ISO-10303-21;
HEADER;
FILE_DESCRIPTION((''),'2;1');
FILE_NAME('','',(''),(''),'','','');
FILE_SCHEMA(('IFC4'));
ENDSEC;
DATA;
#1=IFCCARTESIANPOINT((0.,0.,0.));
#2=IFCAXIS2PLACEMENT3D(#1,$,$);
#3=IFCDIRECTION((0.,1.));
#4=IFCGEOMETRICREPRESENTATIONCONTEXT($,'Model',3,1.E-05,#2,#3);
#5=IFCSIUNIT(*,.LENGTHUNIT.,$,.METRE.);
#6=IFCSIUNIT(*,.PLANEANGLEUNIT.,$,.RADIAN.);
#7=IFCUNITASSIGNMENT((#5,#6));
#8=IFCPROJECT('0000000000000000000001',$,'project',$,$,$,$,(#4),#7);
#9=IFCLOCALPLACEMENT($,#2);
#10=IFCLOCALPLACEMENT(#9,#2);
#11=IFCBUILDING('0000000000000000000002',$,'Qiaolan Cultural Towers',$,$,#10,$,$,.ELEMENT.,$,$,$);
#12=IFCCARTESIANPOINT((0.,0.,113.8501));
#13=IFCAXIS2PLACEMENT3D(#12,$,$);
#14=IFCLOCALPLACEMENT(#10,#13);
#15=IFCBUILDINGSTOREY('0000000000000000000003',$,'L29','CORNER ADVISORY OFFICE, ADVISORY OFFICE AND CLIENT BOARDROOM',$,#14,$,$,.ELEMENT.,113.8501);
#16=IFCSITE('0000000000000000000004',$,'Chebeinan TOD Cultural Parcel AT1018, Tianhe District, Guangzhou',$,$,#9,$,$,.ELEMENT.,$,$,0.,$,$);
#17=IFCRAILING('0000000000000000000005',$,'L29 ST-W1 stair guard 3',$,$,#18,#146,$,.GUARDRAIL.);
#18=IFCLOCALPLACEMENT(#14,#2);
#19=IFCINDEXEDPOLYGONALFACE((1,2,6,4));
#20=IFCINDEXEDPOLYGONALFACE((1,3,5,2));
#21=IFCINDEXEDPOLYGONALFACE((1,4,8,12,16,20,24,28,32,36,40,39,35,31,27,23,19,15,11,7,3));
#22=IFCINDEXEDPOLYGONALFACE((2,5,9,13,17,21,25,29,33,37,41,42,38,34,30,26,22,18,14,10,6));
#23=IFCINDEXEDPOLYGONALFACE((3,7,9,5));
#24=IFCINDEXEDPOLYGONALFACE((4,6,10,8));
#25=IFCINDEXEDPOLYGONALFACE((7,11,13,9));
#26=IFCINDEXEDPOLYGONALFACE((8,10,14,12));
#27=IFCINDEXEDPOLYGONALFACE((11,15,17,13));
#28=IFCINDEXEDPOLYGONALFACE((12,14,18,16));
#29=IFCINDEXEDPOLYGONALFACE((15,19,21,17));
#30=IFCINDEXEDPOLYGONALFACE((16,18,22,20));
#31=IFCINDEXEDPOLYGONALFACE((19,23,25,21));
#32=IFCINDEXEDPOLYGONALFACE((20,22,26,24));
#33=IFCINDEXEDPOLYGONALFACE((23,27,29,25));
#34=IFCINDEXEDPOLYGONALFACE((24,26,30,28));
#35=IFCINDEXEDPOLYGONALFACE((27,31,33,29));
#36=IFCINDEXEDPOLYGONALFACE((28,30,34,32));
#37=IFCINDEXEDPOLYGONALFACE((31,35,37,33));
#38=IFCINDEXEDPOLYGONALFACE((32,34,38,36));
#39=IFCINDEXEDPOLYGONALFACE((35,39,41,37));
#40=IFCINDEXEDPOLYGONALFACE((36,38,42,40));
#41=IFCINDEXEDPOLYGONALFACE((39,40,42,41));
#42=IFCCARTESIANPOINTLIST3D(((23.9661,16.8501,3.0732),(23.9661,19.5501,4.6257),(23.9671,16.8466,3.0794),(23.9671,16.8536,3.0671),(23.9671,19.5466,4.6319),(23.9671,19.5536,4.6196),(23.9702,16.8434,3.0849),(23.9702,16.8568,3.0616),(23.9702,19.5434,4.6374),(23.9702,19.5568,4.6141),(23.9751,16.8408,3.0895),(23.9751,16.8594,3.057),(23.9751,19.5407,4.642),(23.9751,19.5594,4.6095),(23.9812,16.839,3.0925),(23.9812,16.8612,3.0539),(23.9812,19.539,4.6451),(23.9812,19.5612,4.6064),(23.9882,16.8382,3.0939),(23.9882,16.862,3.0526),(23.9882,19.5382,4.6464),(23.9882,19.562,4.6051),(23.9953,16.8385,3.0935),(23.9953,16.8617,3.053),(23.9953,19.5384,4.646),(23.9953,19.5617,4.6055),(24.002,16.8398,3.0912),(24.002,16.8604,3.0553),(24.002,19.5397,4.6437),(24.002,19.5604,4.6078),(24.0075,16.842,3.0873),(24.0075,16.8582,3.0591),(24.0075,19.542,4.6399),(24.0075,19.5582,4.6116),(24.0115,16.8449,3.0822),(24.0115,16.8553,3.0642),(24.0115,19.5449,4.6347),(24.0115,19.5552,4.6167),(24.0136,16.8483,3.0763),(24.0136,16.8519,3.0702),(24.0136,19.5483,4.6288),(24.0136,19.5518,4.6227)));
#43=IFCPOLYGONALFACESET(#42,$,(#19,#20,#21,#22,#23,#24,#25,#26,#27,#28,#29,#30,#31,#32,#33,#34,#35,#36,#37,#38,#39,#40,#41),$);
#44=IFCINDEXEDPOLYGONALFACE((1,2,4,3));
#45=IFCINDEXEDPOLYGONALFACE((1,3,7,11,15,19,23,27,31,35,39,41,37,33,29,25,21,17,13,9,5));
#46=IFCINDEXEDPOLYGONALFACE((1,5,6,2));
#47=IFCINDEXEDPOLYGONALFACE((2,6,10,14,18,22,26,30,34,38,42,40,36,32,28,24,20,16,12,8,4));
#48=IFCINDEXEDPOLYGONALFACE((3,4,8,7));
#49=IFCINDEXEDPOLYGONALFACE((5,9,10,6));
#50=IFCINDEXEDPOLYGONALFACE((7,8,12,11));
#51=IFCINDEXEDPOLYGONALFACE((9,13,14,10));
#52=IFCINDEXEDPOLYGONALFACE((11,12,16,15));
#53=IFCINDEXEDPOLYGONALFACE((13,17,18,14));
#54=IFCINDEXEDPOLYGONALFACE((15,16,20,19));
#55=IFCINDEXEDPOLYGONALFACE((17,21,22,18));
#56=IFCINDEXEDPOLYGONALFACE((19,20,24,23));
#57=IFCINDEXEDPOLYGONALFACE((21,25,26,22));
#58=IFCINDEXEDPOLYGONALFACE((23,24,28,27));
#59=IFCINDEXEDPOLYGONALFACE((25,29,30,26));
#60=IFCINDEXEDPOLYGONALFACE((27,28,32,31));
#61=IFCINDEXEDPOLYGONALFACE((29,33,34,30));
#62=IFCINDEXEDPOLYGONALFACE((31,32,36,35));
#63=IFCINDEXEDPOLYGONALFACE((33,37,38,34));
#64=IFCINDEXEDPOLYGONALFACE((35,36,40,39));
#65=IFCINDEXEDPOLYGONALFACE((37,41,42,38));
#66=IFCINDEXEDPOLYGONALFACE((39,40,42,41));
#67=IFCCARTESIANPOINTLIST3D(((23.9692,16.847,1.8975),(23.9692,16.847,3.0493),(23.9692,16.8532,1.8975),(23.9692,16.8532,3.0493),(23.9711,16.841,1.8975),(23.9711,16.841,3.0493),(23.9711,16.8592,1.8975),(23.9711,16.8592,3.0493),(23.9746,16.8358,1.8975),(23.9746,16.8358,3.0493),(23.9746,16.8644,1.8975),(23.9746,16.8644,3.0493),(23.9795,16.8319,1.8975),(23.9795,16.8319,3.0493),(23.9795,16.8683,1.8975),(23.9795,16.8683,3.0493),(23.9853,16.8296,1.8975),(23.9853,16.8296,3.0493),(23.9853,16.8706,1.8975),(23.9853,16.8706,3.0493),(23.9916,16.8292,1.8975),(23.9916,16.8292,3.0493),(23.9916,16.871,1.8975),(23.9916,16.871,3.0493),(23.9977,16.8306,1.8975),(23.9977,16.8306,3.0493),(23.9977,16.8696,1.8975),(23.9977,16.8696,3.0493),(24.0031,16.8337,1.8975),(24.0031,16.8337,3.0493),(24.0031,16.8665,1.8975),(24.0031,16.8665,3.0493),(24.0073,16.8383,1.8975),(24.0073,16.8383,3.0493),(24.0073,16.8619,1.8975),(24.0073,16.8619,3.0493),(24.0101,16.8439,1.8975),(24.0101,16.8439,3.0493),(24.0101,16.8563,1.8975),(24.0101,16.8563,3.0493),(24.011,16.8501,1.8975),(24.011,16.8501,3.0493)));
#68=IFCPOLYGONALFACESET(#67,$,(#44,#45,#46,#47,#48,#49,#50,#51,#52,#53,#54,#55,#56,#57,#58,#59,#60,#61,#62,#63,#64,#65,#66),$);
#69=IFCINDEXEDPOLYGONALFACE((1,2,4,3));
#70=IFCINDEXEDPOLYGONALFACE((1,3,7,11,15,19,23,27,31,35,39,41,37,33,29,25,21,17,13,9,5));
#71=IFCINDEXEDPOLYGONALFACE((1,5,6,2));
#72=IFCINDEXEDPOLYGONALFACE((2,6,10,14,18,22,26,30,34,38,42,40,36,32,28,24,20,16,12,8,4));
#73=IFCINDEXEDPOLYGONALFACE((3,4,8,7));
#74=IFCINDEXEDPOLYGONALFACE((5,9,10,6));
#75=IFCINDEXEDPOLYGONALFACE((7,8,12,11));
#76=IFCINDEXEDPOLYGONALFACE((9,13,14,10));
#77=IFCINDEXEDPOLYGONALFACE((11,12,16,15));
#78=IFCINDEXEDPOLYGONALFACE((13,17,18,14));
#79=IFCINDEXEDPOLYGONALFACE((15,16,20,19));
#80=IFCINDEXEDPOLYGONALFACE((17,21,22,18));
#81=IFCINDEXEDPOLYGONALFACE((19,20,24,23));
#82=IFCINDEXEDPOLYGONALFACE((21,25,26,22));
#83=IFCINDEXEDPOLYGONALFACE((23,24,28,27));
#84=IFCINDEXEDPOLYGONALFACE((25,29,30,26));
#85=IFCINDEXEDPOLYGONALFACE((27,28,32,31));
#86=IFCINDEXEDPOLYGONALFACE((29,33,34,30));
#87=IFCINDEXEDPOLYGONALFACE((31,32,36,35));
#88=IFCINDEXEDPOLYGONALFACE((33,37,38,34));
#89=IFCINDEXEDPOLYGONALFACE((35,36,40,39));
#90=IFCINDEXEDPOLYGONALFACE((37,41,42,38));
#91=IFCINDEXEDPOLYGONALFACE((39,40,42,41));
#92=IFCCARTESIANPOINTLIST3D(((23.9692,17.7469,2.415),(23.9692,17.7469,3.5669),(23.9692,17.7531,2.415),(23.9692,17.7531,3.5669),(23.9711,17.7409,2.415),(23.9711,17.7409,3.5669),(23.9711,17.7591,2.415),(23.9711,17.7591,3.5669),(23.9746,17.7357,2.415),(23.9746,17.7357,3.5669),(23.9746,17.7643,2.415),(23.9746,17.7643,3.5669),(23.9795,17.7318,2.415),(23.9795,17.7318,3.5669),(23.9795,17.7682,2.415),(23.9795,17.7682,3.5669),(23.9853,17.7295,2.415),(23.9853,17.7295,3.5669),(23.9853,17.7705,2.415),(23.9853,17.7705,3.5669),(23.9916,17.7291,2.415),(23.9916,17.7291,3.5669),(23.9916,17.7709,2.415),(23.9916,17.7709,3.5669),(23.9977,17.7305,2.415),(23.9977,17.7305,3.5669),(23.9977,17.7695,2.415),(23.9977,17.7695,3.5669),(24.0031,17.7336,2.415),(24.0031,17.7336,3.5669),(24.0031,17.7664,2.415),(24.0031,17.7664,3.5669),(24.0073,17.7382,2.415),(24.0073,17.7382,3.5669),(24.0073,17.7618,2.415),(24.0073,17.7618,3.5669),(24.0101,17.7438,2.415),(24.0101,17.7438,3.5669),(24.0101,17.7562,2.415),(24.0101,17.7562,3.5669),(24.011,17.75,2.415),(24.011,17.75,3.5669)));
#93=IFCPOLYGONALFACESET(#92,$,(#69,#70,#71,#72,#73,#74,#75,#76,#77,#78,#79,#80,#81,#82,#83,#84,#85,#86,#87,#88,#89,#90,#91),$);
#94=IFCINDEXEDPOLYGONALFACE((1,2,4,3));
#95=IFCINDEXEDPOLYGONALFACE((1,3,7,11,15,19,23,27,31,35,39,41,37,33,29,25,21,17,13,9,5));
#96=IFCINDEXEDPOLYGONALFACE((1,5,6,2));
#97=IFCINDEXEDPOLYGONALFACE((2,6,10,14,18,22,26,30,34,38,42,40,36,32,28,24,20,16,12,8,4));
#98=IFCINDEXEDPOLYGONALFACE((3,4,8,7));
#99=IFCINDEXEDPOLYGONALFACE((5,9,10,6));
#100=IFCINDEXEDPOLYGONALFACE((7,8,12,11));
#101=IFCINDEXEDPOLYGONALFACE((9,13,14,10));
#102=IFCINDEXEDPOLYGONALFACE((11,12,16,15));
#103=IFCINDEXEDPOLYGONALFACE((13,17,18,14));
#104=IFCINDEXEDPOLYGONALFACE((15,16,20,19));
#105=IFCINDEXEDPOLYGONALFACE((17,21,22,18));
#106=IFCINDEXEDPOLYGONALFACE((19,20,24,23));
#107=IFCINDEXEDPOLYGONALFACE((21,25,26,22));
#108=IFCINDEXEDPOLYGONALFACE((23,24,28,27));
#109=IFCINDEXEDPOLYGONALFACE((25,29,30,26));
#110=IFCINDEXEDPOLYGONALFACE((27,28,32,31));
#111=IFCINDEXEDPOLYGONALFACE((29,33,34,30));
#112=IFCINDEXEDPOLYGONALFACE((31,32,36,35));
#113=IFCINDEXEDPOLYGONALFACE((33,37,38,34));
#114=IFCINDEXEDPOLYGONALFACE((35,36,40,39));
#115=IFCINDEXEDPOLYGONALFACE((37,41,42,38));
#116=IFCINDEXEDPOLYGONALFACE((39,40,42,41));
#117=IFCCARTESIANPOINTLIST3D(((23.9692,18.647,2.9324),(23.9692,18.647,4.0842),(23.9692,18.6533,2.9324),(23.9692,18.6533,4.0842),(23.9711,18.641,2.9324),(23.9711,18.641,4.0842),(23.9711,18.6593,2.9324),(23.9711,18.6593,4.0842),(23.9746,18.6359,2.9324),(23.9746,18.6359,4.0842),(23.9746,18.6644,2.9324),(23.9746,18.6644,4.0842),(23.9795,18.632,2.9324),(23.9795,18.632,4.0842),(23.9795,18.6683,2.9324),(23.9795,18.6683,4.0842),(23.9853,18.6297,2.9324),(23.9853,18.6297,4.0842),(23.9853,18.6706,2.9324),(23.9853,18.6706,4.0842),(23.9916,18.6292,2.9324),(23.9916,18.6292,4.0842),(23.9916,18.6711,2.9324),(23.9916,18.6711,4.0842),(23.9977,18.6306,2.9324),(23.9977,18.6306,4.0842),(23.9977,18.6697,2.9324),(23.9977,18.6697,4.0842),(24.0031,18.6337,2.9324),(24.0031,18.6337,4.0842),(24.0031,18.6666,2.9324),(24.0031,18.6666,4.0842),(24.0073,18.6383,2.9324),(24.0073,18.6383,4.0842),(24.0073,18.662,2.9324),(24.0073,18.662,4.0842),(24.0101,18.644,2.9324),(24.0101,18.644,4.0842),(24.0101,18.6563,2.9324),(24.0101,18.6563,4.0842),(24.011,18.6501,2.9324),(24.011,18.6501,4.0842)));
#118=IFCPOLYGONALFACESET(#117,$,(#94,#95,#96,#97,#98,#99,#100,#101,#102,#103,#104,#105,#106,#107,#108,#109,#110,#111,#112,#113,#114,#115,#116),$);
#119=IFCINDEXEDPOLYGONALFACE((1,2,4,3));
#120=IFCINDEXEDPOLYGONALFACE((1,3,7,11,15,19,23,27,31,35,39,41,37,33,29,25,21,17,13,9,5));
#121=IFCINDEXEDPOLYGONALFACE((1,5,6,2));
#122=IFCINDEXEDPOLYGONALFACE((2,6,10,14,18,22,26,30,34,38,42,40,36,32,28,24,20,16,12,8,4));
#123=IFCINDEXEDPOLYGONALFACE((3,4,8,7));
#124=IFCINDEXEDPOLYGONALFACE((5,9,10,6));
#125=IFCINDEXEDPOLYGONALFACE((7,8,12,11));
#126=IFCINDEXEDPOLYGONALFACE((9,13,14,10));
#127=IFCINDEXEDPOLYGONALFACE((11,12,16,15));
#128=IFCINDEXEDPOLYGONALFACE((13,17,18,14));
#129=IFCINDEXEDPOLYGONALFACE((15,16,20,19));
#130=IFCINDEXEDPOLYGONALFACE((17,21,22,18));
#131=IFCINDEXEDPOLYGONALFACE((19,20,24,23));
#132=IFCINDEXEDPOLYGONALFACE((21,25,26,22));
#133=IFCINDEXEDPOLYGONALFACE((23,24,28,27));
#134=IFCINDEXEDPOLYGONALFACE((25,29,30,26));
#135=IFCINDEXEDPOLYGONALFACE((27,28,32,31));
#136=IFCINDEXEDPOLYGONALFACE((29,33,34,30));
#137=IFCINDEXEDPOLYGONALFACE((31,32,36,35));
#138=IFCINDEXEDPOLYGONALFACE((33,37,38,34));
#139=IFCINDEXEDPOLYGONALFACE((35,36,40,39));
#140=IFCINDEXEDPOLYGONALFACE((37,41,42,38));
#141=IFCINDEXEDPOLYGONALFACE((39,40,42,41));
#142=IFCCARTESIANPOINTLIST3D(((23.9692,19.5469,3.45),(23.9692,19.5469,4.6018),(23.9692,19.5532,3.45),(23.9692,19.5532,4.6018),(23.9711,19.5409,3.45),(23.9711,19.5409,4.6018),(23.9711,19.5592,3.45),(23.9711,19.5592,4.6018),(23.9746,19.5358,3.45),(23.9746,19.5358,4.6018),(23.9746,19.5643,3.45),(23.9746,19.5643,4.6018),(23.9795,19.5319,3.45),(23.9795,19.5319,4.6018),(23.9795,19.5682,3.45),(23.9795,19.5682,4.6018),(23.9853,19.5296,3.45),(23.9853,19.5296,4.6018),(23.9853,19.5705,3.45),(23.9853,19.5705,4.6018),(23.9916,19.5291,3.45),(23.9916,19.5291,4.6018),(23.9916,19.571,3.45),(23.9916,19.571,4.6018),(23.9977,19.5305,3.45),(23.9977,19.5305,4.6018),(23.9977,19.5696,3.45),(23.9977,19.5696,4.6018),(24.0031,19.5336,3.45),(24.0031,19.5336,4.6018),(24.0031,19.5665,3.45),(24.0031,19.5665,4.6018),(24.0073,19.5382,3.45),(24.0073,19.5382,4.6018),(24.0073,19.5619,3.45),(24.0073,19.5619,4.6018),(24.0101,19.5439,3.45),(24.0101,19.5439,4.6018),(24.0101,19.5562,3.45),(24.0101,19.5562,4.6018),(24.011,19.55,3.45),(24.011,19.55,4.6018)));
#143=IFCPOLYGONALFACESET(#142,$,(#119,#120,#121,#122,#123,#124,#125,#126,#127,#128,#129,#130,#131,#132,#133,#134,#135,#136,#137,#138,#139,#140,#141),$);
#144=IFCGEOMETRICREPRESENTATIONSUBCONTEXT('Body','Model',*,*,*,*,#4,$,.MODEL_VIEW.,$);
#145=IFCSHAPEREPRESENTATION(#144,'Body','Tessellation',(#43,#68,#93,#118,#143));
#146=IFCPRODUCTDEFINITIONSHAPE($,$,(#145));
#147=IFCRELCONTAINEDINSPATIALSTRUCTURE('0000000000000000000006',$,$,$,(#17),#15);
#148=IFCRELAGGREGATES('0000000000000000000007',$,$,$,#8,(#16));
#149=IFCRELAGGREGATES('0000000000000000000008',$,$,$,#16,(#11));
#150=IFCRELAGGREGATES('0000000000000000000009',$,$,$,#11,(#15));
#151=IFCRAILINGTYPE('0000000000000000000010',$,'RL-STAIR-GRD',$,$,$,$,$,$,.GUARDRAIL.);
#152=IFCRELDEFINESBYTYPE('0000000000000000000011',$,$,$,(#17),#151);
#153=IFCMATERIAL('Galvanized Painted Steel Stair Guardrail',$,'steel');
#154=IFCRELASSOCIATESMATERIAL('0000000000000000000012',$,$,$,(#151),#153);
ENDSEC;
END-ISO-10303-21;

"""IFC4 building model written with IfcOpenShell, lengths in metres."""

from ifc_helpers import new_model, si_unit, direction, frame, origin, origin_2d, place, context, subcontext, project, spatial, circle, extrude, material, type_object, element, save


model = new_model("IFC4")

# Units and contexts
model_context = context("Model", 3, precision=1e-05, world=origin(), true_north=direction((0.0, 1.0)))
body_context = subcontext(model_context, "Body", "Model", "MODEL_VIEW")
ifc_project = project(units=[si_unit("LENGTHUNIT", "METRE"), si_unit("PLANEANGLEUNIT", "RADIAN")], contexts=[model_context])

# Site, building, storey
site_placement = place(None, origin())
site = spatial("IfcSite", under=ifc_project, at=site_placement, Name="Chebeinan TOD Cultural Parcel AT1018, Tianhe District, Guangzhou", CompositionType="ELEMENT", RefElevation=0.0)
building_placement = place(site_placement, origin())
building = spatial("IfcBuilding", under=site, at=building_placement, Name="Qiaolan Cultural Towers", CompositionType="ELEMENT")
storey_placement = place(building_placement, frame((0.0, 0.0, 113.8501)))
storey = spatial("IfcBuildingStorey", under=building, at=storey_placement, Name="L29", Description="CORNER ADVISORY OFFICE, ADVISORY OFFICE AND CLIENT BOARDROOM", CompositionType="ELEMENT", Elevation=113.8501)

# Railing
ifc_material_1 = material(Name="Galvanized Painted Steel Stair Guardrail", Category="steel")
railing_type_1 = type_object("IfcRailingType", Name="RL-STAIR-GRD", PredefinedType="GUARDRAIL", material=ifc_material_1)
railing_1_placement = place(storey_placement, frame((23.99, 16.8501, 1.8975)))
element("IfcRailing", 1, at=railing_1_placement, inside=storey, type_object=railing_type_1, Name="L29 ST-W1 stair guard 3", PredefinedType="GUARDRAIL", context=body_context, shape_type="SweptSolid", body=[
    extrude(circle(Radius=0.0239, at=origin_2d()), frame((0.0, 0.0, 1.1758), z_axis=(0.0, 0.866904, 0.498476), x_axis=(-1.0, 0.0, 0.0)), (0.0, 0.0, 1.0), 3.1145),
    extrude(circle(Radius=0.021, at=origin_2d()), origin(), (0.0, 0.0, 1.0), 1.1519),
    extrude(circle(Radius=0.021, at=origin_2d()), frame((0.0, 0.8999, 0.5176)), (0.0, 0.0, 1.0), 1.1519),
    extrude(circle(Radius=0.021, at=origin_2d()), frame((0.0, 1.8, 1.0349)), (0.0, 0.0, 1.0), 1.1519),
    extrude(circle(Radius=0.021, at=origin_2d()), frame((0.0, 2.7, 1.5525)), (0.0, 0.0, 1.0), 1.1519),
])

save(model, "model.ifc")
